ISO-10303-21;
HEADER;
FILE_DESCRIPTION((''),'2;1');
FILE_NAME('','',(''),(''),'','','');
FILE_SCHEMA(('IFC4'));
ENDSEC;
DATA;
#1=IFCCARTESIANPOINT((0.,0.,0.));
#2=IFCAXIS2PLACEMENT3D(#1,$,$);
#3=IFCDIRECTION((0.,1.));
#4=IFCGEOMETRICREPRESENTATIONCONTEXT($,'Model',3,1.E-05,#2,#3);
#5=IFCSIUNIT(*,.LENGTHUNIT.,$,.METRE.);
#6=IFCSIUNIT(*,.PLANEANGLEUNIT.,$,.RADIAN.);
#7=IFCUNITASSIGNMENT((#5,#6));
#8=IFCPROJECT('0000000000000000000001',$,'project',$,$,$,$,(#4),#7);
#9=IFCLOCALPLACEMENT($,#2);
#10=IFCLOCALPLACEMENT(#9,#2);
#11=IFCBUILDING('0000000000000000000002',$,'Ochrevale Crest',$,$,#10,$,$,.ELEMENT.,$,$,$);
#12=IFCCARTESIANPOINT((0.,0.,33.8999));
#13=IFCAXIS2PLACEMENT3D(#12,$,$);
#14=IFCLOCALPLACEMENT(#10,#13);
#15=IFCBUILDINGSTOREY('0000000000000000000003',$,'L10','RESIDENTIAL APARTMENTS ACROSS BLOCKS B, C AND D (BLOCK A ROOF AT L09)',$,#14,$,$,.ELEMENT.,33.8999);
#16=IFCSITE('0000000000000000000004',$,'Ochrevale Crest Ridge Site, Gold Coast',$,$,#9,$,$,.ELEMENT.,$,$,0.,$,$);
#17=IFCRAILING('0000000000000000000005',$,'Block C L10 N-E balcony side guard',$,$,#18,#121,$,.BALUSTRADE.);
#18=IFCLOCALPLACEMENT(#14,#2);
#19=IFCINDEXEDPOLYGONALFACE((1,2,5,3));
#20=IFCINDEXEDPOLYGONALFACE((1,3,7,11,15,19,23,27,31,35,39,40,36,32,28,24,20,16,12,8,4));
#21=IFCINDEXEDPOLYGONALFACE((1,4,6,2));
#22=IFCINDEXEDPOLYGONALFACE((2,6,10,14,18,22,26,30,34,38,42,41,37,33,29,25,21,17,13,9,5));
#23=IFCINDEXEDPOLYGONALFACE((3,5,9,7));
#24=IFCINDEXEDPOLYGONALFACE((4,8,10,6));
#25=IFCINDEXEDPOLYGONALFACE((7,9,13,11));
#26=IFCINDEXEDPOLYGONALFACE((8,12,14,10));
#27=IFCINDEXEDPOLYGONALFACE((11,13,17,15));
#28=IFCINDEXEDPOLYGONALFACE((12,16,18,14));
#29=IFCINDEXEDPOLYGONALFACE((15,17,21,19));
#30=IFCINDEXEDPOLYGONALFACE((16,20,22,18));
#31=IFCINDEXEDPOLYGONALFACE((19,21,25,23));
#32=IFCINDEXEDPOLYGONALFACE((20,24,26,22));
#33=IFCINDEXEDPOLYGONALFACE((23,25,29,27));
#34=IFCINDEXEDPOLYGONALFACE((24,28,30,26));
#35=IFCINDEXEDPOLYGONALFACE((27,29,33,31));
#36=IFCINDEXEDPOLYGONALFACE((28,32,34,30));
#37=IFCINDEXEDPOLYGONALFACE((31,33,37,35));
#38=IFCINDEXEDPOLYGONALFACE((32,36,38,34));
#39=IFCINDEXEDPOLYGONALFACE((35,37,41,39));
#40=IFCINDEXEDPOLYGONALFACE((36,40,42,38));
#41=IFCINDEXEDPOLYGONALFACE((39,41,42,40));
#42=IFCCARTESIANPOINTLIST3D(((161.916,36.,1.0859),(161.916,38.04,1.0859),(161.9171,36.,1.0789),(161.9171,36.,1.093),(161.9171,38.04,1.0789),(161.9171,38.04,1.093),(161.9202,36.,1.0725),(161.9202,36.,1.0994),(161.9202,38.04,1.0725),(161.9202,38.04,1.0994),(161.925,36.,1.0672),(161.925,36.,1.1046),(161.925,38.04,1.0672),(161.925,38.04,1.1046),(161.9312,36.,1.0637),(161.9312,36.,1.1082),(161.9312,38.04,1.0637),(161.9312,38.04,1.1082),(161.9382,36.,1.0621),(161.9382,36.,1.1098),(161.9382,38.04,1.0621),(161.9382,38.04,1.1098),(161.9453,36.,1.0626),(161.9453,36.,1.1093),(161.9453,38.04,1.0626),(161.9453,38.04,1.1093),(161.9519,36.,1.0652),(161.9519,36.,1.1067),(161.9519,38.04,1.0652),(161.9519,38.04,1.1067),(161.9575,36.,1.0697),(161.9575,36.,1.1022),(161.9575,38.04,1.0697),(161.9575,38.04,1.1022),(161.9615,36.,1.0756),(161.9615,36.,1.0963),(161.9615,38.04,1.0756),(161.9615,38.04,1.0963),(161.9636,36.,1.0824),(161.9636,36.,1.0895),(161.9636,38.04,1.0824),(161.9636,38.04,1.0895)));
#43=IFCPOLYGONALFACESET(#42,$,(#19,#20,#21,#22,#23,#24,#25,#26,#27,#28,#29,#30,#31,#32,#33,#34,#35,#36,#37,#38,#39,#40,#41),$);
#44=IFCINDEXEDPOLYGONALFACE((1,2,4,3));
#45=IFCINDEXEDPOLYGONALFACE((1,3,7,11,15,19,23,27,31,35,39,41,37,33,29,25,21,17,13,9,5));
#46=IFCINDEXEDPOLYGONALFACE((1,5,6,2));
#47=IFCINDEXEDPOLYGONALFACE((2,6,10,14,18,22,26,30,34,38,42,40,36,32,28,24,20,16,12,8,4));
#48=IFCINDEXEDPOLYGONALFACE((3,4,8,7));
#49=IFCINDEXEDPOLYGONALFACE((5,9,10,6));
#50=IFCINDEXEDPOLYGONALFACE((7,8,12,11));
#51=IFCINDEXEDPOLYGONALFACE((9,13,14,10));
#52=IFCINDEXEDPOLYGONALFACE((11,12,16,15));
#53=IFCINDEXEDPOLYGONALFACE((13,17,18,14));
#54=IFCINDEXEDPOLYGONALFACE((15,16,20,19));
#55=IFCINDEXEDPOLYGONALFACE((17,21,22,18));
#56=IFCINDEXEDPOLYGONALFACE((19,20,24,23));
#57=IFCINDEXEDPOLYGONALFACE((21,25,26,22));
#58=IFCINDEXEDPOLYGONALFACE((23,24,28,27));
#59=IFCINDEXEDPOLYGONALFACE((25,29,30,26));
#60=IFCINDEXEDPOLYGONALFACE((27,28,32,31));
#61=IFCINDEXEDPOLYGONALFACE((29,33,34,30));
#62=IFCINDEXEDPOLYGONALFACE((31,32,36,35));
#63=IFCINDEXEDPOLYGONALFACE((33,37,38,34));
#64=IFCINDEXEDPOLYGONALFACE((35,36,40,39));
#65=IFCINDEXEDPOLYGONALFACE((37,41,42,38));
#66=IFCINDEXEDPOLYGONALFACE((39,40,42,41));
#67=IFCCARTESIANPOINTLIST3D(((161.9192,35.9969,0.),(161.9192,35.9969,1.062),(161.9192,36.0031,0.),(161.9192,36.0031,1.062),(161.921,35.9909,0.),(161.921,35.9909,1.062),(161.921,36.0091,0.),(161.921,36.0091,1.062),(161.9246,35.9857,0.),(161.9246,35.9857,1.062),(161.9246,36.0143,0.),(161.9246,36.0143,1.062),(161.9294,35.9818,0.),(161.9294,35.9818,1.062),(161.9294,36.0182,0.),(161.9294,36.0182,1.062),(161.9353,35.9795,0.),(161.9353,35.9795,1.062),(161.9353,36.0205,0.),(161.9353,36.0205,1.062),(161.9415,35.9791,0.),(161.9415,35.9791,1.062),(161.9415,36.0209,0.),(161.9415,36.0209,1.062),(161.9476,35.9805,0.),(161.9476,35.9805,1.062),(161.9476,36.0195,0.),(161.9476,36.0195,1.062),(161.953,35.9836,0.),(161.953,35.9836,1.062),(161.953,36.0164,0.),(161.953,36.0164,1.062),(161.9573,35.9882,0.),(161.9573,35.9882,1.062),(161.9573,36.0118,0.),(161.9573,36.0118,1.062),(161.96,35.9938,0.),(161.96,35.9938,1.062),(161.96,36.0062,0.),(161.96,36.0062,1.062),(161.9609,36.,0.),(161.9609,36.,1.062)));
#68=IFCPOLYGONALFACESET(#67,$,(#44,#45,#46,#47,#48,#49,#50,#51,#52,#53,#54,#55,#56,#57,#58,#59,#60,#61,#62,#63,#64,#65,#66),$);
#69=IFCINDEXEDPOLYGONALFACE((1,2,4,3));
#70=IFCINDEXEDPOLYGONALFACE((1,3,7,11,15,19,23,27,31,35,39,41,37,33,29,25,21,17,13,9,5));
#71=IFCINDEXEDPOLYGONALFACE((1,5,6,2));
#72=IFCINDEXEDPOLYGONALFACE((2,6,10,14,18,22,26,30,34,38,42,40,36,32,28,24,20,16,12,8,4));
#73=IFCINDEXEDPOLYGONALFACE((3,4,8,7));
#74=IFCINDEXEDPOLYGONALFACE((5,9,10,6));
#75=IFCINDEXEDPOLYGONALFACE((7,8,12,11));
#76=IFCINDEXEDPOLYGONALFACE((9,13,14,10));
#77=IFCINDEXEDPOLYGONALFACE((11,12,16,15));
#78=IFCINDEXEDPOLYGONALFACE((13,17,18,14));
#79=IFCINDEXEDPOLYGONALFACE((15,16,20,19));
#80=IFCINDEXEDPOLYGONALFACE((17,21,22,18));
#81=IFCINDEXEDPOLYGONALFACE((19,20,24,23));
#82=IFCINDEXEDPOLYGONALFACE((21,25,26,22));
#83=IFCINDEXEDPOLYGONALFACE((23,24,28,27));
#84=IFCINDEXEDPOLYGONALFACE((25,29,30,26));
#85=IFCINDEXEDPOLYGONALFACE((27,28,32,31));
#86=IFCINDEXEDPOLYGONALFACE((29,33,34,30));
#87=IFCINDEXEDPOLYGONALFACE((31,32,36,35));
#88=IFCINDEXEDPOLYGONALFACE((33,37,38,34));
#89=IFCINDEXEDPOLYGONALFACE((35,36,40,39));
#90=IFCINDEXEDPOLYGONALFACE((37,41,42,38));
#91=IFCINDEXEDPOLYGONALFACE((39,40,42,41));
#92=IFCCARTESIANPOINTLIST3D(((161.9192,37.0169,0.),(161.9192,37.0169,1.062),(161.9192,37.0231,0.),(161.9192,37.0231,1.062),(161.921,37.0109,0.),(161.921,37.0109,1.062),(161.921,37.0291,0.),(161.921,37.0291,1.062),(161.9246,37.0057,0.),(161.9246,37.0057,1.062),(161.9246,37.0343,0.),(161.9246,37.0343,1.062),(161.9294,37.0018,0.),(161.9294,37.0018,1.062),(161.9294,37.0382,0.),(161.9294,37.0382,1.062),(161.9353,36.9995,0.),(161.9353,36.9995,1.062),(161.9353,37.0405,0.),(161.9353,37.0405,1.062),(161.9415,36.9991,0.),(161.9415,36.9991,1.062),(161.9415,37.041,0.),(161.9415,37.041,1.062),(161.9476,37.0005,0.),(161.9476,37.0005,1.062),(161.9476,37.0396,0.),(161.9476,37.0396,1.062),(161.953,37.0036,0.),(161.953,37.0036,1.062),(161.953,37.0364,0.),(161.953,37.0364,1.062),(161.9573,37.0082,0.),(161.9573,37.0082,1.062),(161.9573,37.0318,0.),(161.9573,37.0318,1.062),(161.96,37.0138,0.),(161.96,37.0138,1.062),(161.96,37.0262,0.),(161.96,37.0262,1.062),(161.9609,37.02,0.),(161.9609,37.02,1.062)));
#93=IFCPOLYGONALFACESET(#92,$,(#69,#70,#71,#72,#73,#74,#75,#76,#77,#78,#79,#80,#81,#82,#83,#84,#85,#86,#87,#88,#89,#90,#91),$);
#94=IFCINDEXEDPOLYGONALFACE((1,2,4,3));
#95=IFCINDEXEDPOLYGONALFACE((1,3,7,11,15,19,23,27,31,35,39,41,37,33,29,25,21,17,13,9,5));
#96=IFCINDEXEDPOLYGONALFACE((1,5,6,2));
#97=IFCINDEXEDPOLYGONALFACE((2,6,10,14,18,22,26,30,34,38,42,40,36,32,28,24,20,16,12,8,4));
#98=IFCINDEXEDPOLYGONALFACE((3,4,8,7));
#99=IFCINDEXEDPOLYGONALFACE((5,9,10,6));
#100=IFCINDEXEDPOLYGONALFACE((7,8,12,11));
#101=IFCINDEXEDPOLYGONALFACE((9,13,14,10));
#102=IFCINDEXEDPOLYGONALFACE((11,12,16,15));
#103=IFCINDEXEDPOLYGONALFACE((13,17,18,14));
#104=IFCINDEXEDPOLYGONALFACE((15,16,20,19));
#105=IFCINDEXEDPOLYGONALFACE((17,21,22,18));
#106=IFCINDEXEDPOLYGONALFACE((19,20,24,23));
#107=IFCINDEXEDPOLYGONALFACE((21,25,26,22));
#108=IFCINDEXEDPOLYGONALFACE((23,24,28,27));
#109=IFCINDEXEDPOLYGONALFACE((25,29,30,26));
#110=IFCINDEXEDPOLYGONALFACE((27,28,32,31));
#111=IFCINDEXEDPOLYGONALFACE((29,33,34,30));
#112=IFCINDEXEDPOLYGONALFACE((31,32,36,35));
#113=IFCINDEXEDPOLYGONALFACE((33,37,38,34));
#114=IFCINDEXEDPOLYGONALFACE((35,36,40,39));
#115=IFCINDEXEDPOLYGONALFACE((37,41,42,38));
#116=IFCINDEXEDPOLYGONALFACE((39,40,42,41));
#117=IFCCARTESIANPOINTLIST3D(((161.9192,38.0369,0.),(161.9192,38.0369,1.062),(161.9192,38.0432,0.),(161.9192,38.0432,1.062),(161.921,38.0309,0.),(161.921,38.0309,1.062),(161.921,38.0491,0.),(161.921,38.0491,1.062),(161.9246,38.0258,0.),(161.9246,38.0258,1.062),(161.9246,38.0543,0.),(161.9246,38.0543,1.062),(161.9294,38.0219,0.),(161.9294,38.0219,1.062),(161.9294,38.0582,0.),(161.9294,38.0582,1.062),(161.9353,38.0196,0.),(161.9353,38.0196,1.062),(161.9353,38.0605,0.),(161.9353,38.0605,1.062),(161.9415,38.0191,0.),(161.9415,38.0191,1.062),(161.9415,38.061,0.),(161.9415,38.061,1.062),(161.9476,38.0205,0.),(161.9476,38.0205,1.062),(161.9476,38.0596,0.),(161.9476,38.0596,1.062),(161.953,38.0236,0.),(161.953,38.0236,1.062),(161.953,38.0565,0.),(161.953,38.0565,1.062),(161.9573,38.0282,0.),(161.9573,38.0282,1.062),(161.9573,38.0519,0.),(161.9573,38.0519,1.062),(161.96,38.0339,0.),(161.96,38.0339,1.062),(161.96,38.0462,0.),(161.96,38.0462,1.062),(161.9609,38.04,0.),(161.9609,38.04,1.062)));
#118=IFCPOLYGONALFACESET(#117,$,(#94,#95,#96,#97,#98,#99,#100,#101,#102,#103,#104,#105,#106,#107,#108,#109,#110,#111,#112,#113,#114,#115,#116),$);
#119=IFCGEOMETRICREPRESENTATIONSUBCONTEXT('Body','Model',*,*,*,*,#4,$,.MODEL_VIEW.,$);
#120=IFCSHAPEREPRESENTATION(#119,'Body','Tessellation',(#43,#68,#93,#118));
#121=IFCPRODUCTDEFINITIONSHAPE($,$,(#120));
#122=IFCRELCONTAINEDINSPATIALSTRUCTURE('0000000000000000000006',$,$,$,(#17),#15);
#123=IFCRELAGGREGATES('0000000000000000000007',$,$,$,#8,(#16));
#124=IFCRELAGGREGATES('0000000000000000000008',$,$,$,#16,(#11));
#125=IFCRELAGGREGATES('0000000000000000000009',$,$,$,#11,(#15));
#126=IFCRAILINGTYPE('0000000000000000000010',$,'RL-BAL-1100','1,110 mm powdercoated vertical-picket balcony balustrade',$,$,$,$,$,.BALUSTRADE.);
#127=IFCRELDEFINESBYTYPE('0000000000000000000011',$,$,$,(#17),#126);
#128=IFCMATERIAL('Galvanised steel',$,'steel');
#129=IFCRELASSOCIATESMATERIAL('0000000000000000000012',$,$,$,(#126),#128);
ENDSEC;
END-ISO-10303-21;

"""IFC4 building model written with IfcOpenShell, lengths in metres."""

from ifc_helpers import new_model, si_unit, direction, frame, origin, origin_2d, place, context, subcontext, project, spatial, circle, extrude, material, type_object, element, save


model = new_model("IFC4")

# Units and contexts
model_context = context("Model", 3, precision=1e-05, world=origin(), true_north=direction((0.0, 1.0)))
body_context = subcontext(model_context, "Body", "Model", "MODEL_VIEW")
ifc_project = project(units=[si_unit("LENGTHUNIT", "METRE"), si_unit("PLANEANGLEUNIT", "RADIAN")], contexts=[model_context])

# Site, building, storey
site_placement = place(None, origin())
site = spatial("IfcSite", under=ifc_project, at=site_placement, Name="Ochrevale Crest Ridge Site, Gold Coast", CompositionType="ELEMENT", RefElevation=0.0)
building_placement = place(site_placement, origin())
building = spatial("IfcBuilding", under=site, at=building_placement, Name="Ochrevale Crest", CompositionType="ELEMENT")
storey_placement = place(building_placement, frame((0.0, 0.0, 33.8999)))
storey = spatial("IfcBuildingStorey", under=building, at=storey_placement, Name="L10", Description="RESIDENTIAL APARTMENTS ACROSS BLOCKS B, C AND D (BLOCK A ROOF AT L09)", CompositionType="ELEMENT", Elevation=33.8999)

# Railing
ifc_material_1 = material(Name="Galvanised steel", Category="steel")
railing_type = type_object("IfcRailingType", Name="RL-BAL-1100", Description="1,110 mm powdercoated vertical-picket balcony balustrade", PredefinedType="BALUSTRADE", material=ifc_material_1)
railing_placement = place(storey_placement, frame((161.9399, 36.0, 0.0)))
element("IfcRailing", 1, at=railing_placement, inside=storey, type_object=railing_type, Name="Block C L10 N-E balcony side guard", PredefinedType="BALUSTRADE", context=body_context, shape_type="SweptSolid", body=[
    extrude(circle(Radius=0.0239, at=origin_2d()), frame((0.0, 0.0, 1.0859), z_axis=(0.0, 1.0, 0.0), x_axis=(-1.0, 0.0, 0.0)), (0.0, 0.0, 1.0), 2.04),
    extrude(circle(Radius=0.021, at=origin_2d()), origin(), (0.0, 0.0, 1.0), 1.062),
    extrude(circle(Radius=0.021, at=origin_2d()), frame((0.0, 1.02, 0.0)), (0.0, 0.0, 1.0), 1.062),
    extrude(circle(Radius=0.021, at=origin_2d()), frame((0.0, 2.04, 0.0)), (0.0, 0.0, 1.0), 1.062),
])

save(model, "model.ifc")
